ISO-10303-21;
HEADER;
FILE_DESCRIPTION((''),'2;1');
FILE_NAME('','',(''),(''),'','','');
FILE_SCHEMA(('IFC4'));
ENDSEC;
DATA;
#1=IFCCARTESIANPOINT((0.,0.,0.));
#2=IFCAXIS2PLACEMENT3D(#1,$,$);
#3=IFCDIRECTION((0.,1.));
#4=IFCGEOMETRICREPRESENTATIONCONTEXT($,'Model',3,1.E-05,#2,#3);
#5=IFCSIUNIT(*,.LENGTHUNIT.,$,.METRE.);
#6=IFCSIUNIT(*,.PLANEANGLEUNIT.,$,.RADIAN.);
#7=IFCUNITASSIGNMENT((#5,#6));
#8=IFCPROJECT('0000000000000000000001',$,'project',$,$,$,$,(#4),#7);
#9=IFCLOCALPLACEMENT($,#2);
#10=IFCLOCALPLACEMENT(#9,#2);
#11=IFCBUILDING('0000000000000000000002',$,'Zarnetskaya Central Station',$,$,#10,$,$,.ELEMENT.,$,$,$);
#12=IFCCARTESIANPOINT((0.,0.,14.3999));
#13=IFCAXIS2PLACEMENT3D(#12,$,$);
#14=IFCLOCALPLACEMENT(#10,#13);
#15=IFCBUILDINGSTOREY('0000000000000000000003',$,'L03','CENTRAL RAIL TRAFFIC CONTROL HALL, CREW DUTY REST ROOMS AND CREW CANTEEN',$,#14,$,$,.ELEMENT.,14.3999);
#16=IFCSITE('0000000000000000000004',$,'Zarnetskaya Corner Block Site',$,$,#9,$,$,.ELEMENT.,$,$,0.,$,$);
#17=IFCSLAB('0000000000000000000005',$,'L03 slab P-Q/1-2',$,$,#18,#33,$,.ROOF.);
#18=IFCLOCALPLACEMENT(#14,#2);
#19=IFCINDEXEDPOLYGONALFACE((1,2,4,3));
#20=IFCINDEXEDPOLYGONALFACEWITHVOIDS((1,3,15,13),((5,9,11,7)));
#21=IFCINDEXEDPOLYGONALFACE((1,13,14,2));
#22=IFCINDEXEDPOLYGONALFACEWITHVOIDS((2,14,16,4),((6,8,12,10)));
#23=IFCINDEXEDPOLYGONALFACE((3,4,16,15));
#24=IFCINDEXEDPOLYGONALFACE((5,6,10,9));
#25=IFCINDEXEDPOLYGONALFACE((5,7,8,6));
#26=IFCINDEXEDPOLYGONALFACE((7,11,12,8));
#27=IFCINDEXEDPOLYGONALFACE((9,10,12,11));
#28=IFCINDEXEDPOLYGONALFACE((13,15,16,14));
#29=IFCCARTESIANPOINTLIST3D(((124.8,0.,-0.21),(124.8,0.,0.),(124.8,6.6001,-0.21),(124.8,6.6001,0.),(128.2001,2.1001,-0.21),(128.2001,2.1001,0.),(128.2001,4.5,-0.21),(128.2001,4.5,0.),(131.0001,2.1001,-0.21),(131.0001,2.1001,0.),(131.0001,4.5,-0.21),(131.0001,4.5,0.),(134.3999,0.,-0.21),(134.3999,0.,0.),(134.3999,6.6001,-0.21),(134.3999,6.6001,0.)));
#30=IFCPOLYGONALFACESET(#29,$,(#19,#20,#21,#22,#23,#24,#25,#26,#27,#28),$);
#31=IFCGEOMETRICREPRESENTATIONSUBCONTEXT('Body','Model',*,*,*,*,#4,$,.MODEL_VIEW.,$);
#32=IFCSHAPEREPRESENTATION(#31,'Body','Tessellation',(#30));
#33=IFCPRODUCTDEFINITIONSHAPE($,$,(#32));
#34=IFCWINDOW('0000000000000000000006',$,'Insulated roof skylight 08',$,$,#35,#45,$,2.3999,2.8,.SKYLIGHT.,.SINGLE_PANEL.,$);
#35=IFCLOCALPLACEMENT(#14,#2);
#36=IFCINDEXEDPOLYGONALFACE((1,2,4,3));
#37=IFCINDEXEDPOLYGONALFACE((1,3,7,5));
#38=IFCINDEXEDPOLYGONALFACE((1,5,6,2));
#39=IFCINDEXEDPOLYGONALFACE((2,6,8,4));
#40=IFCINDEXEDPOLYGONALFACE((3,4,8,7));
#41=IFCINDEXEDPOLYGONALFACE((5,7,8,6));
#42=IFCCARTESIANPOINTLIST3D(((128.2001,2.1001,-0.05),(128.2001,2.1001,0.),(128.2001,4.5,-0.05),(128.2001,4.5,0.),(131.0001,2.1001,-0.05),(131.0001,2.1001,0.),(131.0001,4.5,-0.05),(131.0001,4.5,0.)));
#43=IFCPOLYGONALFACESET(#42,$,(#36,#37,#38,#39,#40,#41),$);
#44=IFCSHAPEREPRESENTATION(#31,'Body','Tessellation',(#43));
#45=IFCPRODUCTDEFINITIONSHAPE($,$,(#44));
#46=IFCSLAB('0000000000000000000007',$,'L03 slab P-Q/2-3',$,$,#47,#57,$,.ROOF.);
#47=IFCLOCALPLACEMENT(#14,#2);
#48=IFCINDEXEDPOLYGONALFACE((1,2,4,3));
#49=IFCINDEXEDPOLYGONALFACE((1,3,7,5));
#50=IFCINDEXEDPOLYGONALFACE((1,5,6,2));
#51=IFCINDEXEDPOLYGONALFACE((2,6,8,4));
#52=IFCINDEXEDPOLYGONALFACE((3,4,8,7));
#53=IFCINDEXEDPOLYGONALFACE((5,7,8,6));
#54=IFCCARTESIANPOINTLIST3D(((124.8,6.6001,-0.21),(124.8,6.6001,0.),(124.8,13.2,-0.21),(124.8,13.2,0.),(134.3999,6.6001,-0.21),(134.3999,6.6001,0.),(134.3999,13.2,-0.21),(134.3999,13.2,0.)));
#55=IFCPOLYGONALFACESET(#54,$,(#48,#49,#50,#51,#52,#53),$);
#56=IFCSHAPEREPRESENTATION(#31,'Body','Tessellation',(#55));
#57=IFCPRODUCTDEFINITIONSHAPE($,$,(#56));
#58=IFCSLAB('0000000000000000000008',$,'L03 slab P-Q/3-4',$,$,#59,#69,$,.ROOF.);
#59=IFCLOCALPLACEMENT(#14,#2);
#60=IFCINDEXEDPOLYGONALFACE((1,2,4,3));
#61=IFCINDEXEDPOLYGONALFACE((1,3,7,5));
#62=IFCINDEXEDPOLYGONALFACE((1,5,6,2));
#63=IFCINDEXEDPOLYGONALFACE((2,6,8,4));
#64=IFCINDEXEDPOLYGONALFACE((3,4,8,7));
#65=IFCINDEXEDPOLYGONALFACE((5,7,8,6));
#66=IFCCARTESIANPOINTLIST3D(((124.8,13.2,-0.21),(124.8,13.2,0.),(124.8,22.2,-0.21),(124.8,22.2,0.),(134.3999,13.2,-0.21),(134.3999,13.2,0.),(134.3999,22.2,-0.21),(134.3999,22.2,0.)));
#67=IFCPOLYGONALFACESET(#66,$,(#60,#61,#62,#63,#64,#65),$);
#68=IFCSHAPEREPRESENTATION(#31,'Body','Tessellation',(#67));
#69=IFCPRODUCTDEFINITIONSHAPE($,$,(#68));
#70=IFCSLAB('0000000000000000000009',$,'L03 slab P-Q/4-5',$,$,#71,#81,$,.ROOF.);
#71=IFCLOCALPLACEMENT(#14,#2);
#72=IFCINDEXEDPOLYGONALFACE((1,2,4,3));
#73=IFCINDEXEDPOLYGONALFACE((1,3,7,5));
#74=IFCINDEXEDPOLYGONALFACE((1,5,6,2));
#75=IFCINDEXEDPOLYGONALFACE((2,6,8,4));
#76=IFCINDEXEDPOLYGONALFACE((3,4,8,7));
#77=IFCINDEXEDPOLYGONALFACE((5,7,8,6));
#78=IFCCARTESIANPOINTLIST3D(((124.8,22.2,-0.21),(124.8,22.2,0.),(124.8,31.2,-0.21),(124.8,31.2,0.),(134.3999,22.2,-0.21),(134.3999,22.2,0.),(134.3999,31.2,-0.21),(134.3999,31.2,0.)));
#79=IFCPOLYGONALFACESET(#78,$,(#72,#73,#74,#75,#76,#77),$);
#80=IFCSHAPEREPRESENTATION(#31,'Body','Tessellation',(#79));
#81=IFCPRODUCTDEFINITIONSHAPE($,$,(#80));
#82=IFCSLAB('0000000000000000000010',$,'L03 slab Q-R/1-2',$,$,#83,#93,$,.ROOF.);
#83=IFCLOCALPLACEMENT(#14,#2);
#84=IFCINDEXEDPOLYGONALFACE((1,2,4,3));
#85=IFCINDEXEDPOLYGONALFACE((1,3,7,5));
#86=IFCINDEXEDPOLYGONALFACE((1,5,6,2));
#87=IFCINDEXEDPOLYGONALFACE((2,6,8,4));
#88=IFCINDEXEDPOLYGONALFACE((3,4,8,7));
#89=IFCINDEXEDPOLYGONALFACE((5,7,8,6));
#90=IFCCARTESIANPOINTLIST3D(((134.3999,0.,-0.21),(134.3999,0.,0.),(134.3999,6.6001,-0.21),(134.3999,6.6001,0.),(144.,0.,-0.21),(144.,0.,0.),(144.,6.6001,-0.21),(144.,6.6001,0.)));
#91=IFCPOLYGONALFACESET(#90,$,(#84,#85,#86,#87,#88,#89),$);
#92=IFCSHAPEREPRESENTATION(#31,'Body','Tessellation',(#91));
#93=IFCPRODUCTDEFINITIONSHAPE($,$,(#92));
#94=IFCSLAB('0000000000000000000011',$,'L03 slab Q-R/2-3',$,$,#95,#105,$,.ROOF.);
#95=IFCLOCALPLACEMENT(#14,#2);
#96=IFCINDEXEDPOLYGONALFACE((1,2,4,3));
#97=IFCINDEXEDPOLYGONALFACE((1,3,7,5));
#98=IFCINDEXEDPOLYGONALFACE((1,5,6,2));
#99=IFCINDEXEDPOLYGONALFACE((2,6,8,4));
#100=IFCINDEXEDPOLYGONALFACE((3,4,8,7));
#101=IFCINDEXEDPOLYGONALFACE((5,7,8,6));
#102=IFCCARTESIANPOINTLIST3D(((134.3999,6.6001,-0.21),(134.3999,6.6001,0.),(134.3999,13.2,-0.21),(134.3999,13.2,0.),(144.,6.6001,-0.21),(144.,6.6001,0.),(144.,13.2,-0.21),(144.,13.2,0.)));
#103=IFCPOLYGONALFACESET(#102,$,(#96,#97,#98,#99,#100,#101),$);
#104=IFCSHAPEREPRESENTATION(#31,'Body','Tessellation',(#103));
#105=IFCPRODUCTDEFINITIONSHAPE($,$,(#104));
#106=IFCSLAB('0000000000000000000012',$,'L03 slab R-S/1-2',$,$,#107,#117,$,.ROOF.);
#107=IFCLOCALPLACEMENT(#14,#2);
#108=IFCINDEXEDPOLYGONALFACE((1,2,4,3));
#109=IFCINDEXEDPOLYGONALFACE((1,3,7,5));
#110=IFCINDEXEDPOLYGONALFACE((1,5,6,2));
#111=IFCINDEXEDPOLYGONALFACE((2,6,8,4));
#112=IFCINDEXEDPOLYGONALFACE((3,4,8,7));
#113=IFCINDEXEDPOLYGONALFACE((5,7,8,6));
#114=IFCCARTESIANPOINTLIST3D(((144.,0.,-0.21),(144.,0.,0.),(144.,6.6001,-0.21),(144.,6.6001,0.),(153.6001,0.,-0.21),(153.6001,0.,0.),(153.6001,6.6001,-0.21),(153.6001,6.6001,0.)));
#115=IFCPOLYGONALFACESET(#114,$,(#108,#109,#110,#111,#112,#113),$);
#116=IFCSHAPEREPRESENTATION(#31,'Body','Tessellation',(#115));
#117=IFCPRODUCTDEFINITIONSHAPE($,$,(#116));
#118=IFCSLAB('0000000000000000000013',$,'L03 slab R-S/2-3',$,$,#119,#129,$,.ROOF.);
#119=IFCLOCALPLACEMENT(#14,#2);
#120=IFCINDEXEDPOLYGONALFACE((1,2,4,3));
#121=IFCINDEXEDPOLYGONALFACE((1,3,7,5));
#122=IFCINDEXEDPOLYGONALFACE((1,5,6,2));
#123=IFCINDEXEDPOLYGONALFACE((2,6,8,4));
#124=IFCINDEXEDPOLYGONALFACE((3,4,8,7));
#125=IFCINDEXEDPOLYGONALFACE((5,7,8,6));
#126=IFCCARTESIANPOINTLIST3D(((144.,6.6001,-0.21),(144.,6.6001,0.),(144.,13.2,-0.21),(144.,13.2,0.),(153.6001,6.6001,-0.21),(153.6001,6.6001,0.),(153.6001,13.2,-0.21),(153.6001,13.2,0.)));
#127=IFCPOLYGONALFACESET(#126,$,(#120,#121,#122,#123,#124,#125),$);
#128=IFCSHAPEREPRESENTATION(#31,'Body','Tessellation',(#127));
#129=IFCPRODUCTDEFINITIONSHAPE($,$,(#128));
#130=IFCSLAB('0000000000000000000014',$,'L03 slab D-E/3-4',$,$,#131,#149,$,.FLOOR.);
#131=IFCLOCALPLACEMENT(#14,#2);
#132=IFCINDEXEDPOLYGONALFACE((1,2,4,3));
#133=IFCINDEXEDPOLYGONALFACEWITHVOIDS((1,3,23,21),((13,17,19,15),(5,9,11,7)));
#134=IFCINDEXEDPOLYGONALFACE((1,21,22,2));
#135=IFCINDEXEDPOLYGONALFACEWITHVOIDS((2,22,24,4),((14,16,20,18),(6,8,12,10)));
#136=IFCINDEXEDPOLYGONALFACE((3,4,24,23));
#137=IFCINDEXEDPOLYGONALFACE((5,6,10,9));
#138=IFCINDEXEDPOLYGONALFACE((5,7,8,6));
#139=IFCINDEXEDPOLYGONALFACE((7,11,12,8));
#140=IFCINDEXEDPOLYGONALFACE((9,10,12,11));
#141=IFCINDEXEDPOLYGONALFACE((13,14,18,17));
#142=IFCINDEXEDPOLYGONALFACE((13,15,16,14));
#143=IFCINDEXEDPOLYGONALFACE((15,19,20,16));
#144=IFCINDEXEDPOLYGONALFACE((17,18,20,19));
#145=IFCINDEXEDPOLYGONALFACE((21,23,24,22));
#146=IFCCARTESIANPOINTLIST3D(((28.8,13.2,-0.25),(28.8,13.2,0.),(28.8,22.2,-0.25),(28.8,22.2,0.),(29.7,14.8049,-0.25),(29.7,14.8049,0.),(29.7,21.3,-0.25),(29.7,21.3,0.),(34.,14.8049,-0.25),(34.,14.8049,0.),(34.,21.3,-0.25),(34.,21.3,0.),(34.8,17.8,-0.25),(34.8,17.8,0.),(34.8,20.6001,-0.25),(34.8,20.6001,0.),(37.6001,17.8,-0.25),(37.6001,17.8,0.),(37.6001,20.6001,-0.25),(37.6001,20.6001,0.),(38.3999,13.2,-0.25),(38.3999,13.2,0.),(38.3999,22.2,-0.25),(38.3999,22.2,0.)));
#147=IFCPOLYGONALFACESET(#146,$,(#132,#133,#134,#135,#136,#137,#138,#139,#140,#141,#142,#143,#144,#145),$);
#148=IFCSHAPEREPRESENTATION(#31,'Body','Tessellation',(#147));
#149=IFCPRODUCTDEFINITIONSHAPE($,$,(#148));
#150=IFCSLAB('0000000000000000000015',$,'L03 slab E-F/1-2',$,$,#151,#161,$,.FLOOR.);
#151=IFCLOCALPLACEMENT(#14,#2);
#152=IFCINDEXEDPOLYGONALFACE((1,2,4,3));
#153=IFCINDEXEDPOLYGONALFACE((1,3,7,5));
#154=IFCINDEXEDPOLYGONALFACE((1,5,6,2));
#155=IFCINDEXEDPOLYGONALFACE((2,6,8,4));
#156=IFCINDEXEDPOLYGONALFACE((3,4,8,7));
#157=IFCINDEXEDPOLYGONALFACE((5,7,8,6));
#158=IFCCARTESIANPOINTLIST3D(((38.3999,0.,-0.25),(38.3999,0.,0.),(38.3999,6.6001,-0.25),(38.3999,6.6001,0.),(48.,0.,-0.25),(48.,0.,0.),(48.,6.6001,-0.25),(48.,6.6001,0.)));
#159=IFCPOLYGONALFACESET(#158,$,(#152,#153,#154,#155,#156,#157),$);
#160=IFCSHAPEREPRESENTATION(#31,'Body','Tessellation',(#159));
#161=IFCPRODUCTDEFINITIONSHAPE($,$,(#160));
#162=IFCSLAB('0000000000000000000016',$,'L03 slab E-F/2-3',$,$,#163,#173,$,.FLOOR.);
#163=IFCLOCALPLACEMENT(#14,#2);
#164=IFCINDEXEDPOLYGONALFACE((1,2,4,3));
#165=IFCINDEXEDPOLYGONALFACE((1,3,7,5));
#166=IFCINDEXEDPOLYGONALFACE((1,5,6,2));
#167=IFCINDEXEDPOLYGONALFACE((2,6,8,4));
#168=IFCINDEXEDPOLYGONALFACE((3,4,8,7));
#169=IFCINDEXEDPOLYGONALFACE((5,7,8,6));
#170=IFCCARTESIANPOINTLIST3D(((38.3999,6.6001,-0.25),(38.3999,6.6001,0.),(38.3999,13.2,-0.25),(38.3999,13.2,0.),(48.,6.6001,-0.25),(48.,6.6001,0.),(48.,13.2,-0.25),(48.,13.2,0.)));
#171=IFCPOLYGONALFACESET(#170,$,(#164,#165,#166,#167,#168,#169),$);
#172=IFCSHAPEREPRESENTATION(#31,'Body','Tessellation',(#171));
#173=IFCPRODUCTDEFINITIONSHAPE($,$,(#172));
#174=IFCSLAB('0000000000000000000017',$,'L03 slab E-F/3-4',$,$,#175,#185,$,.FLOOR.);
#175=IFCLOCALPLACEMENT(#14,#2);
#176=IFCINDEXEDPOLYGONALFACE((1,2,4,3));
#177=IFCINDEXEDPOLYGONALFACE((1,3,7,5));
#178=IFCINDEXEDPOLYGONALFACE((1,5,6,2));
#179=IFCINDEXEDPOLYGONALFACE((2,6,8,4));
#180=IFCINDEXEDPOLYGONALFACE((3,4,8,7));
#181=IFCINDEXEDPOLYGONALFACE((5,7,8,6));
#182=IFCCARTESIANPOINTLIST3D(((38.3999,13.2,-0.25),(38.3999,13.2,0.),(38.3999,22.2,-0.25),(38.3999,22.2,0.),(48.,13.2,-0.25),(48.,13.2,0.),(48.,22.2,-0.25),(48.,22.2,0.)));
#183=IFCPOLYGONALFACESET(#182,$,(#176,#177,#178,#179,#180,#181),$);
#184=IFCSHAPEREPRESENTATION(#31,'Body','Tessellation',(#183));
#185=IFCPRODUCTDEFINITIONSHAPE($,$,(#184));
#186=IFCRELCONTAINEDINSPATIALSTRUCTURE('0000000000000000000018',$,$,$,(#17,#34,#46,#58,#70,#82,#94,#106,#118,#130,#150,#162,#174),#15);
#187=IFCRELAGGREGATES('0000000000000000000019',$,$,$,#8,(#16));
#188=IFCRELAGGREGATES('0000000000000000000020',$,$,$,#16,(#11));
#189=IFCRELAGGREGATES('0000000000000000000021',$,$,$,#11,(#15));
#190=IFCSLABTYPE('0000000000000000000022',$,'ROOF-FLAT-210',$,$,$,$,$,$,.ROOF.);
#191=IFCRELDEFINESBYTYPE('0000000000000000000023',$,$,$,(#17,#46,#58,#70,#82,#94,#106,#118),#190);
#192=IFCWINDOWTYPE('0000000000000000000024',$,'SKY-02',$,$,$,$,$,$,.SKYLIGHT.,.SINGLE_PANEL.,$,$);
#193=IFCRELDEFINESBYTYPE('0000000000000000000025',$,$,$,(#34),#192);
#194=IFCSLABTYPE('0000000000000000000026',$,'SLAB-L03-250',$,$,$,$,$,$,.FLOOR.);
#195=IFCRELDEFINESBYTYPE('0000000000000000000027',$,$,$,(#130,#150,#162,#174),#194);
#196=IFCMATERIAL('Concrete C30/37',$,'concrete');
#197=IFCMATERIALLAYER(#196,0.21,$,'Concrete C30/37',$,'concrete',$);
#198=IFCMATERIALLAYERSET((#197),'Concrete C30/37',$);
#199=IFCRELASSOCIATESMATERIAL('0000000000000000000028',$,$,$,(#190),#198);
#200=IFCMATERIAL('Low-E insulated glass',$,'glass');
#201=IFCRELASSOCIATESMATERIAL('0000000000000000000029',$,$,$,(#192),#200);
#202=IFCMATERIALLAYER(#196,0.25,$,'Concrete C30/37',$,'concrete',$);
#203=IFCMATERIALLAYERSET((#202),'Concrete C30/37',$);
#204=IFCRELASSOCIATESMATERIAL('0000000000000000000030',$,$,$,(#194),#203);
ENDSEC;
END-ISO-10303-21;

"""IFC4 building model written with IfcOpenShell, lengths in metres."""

from ifc_helpers import new_model, si_unit, direction, frame, origin, origin_2d, place, context, subcontext, project, spatial, polyline, rectangle, outline, extrude, material, layer, layer_set, type_object, element, fill, save


model = new_model("IFC4")

# Units and contexts
model_context = context("Model", 3, precision=1e-05, world=origin(), true_north=direction((0.0, 1.0)))
body_context = subcontext(model_context, "Body", "Model", "MODEL_VIEW")
ifc_project = project(units=[si_unit("LENGTHUNIT", "METRE"), si_unit("PLANEANGLEUNIT", "RADIAN")], contexts=[model_context])

# Site, building, storey
site_placement = place(None, origin())
site = spatial("IfcSite", under=ifc_project, at=site_placement, Name="Zarnetskaya Corner Block Site", CompositionType="ELEMENT", RefElevation=0.0)
building_placement = place(site_placement, origin())
building = spatial("IfcBuilding", under=site, at=building_placement, Name="Zarnetskaya Central Station", CompositionType="ELEMENT")
storey_placement = place(building_placement, frame((0.0, 0.0, 14.3999)))
storey = spatial("IfcBuildingStorey", under=building, at=storey_placement, Name="L03", Description="CENTRAL RAIL TRAFFIC CONTROL HALL, CREW DUTY REST ROOMS AND CREW CANTEEN", CompositionType="ELEMENT", Elevation=14.3999)

# Shared definitions
ifc_material_1 = material(Name="Low-E insulated glass", Category="glass")

# Slab, opening, window
ifc_material_2 = material(Name="Concrete C30/37", Category="concrete")
ifc_layer_1 = layer(ifc_material_2, 0.21, Name="Concrete C30/37", Category="concrete")
ifc_layer_set_1 = layer_set([ifc_layer_1], Name="Concrete C30/37")
slab_type_1 = type_object("IfcSlabType", Name="ROOF-FLAT-210", PredefinedType="ROOF", material=ifc_layer_set_1)
slab_1_placement = place(storey_placement, frame((0.0, 0.0, -0.21)))
slab_1 = element("IfcSlab", 1, at=slab_1_placement, inside=storey, type_object=slab_type_1, Name="L03 slab P-Q/1-2", PredefinedType="ROOF", context=body_context, shape_type="SweptSolid", body=[
    extrude(outline(polyline([(124.8, 0.0), (134.3999, 0.0), (134.3999, 6.6001), (124.8, 6.6001), (124.8, 0.0)])), origin(), (0.0, 0.0, 1.0), 0.21),
])
opening_1_placement = place(slab_1_placement, frame((129.6001, 3.3, 0.0)))
opening_1 = element("IfcOpeningElement", 2, at=opening_1_placement, cuts=slab_1, PredefinedType="OPENING", context=body_context, shape_type="SweptSolid", body=[
    extrude(rectangle(XDim=2.8, YDim=2.3999, at=origin_2d()), frame((0.0, 0.0, -0.01)), (0.0, 0.0, 1.0), 0.23),
])
window_type_1 = type_object("IfcWindowType", Name="SKY-02", PartitioningType="SINGLE_PANEL", PredefinedType="SKYLIGHT", material=ifc_material_1)
window_1_placement = place(opening_1_placement, frame((0.0, 0.0, 0.1599)))
window_1 = element("IfcWindow", 3, at=window_1_placement, inside=storey, type_object=window_type_1, Name="Insulated roof skylight 08", OverallHeight=2.3999, OverallWidth=2.8, PartitioningType="SINGLE_PANEL", PredefinedType="SKYLIGHT", context=body_context, shape_type="SweptSolid", body=[
    extrude(rectangle(XDim=2.8, YDim=2.3999, at=origin_2d()), origin(), (0.0, 0.0, 1.0), 0.05),
])
fill(opening_1, window_1)

# Slabs
slab_2_placement = place(storey_placement, frame((0.0, 0.0, -0.21)))
element("IfcSlab", 4, at=slab_2_placement, inside=storey, type_object=slab_type_1, Name="L03 slab P-Q/2-3", PredefinedType="ROOF", context=body_context, shape_type="SweptSolid", body=[
    extrude(outline(polyline([(124.8, 6.6001), (134.3999, 6.6001), (134.3999, 13.2), (124.8, 13.2), (124.8, 6.6001)])), origin(), (0.0, 0.0, 1.0), 0.21),
])
slab_3_placement = place(storey_placement, frame((0.0, 0.0, -0.21)))
element("IfcSlab", 5, at=slab_3_placement, inside=storey, type_object=slab_type_1, Name="L03 slab P-Q/3-4", PredefinedType="ROOF", context=body_context, shape_type="SweptSolid", body=[
    extrude(outline(polyline([(124.8, 13.2), (134.3999, 13.2), (134.3999, 22.2), (124.8, 22.2), (124.8, 13.2)])), origin(), (0.0, 0.0, 1.0), 0.21),
])
slab_4_placement = place(storey_placement, frame((0.0, 0.0, -0.21)))
element("IfcSlab", 6, at=slab_4_placement, inside=storey, type_object=slab_type_1, Name="L03 slab P-Q/4-5", PredefinedType="ROOF", context=body_context, shape_type="SweptSolid", body=[
    extrude(outline(polyline([(124.8, 22.2), (134.3999, 22.2), (134.3999, 31.2), (124.8, 31.2), (124.8, 22.2)])), origin(), (0.0, 0.0, 1.0), 0.21),
])
slab_5_placement = place(storey_placement, frame((0.0, 0.0, -0.21)))
element("IfcSlab", 7, at=slab_5_placement, inside=storey, type_object=slab_type_1, Name="L03 slab Q-R/1-2", PredefinedType="ROOF", context=body_context, shape_type="SweptSolid", body=[
    extrude(outline(polyline([(134.3999, 0.0), (144.0, 0.0), (144.0, 6.6001), (134.3999, 6.6001), (134.3999, 0.0)])), origin(), (0.0, 0.0, 1.0), 0.21),
])
slab_6_placement = place(storey_placement, frame((0.0, 0.0, -0.21)))
element("IfcSlab", 8, at=slab_6_placement, inside=storey, type_object=slab_type_1, Name="L03 slab Q-R/2-3", PredefinedType="ROOF", context=body_context, shape_type="SweptSolid", body=[
    extrude(outline(polyline([(134.3999, 6.6001), (144.0, 6.6001), (144.0, 13.2), (134.3999, 13.2), (134.3999, 6.6001)])), origin(), (0.0, 0.0, 1.0), 0.21),
])
slab_7_placement = place(storey_placement, frame((0.0, 0.0, -0.21)))
element("IfcSlab", 9, at=slab_7_placement, inside=storey, type_object=slab_type_1, Name="L03 slab R-S/1-2", PredefinedType="ROOF", context=body_context, shape_type="SweptSolid", body=[
    extrude(outline(polyline([(144.0, 0.0), (153.6001, 0.0), (153.6001, 6.6001), (144.0, 6.6001), (144.0, 0.0)])), origin(), (0.0, 0.0, 1.0), 0.21),
])
slab_8_placement = place(storey_placement, frame((0.0, 0.0, -0.21)))
element("IfcSlab", 10, at=slab_8_placement, inside=storey, type_object=slab_type_1, Name="L03 slab R-S/2-3", PredefinedType="ROOF", context=body_context, shape_type="SweptSolid", body=[
    extrude(outline(polyline([(144.0, 6.6001), (153.6001, 6.6001), (153.6001, 13.2), (144.0, 13.2), (144.0, 6.6001)])), origin(), (0.0, 0.0, 1.0), 0.21),
])
ifc_layer_2 = layer(ifc_material_2, 0.25, Name="Concrete C30/37", Category="concrete")
ifc_layer_set_2 = layer_set([ifc_layer_2], Name="Concrete C30/37")
slab_type_2 = type_object("IfcSlabType", Name="SLAB-L03-250", PredefinedType="FLOOR", material=ifc_layer_set_2)
slab_9_placement = place(storey_placement, frame((0.0, 0.0, -0.25)))
element("IfcSlab", 11, at=slab_9_placement, inside=storey, type_object=slab_type_2, Name="L03 slab D-E/3-4", PredefinedType="FLOOR", context=body_context, shape_type="SweptSolid", body=[
    extrude(outline(polyline([(28.8, 13.2), (38.3999, 13.2), (38.3999, 22.2), (28.8, 22.2), (28.8, 13.2)]), holes=[polyline([(29.7, 14.8049), (34.0, 14.8049), (34.0, 21.3), (29.7, 21.3), (29.7, 14.8049)]), polyline([(34.8, 17.8), (37.6001, 17.8), (37.6001, 20.6001), (34.8, 20.6001), (34.8, 17.8)])]), origin(), (0.0, 0.0, 1.0), 0.25),
])
slab_10_placement = place(storey_placement, frame((0.0, 0.0, -0.25)))
element("IfcSlab", 12, at=slab_10_placement, inside=storey, type_object=slab_type_2, Name="L03 slab E-F/1-2", PredefinedType="FLOOR", context=body_context, shape_type="SweptSolid", body=[
    extrude(outline(polyline([(38.3999, 0.0), (48.0, 0.0), (48.0, 6.6001), (38.3999, 6.6001), (38.3999, 0.0)])), origin(), (0.0, 0.0, 1.0), 0.25),
])
slab_11_placement = place(storey_placement, frame((0.0, 0.0, -0.25)))
element("IfcSlab", 13, at=slab_11_placement, inside=storey, type_object=slab_type_2, Name="L03 slab E-F/2-3", PredefinedType="FLOOR", context=body_context, shape_type="SweptSolid", body=[
    extrude(outline(polyline([(38.3999, 6.6001), (48.0, 6.6001), (48.0, 13.2), (38.3999, 13.2), (38.3999, 6.6001)])), origin(), (0.0, 0.0, 1.0), 0.25),
])
slab_12_placement = place(storey_placement, frame((0.0, 0.0, -0.25)))
element("IfcSlab", 14, at=slab_12_placement, inside=storey, type_object=slab_type_2, Name="L03 slab E-F/3-4", PredefinedType="FLOOR", context=body_context, shape_type="SweptSolid", body=[
    extrude(outline(polyline([(38.3999, 13.2), (48.0, 13.2), (48.0, 22.2), (38.3999, 22.2), (38.3999, 13.2)])), origin(), (0.0, 0.0, 1.0), 0.25),
])

save(model, "model.ifc")
